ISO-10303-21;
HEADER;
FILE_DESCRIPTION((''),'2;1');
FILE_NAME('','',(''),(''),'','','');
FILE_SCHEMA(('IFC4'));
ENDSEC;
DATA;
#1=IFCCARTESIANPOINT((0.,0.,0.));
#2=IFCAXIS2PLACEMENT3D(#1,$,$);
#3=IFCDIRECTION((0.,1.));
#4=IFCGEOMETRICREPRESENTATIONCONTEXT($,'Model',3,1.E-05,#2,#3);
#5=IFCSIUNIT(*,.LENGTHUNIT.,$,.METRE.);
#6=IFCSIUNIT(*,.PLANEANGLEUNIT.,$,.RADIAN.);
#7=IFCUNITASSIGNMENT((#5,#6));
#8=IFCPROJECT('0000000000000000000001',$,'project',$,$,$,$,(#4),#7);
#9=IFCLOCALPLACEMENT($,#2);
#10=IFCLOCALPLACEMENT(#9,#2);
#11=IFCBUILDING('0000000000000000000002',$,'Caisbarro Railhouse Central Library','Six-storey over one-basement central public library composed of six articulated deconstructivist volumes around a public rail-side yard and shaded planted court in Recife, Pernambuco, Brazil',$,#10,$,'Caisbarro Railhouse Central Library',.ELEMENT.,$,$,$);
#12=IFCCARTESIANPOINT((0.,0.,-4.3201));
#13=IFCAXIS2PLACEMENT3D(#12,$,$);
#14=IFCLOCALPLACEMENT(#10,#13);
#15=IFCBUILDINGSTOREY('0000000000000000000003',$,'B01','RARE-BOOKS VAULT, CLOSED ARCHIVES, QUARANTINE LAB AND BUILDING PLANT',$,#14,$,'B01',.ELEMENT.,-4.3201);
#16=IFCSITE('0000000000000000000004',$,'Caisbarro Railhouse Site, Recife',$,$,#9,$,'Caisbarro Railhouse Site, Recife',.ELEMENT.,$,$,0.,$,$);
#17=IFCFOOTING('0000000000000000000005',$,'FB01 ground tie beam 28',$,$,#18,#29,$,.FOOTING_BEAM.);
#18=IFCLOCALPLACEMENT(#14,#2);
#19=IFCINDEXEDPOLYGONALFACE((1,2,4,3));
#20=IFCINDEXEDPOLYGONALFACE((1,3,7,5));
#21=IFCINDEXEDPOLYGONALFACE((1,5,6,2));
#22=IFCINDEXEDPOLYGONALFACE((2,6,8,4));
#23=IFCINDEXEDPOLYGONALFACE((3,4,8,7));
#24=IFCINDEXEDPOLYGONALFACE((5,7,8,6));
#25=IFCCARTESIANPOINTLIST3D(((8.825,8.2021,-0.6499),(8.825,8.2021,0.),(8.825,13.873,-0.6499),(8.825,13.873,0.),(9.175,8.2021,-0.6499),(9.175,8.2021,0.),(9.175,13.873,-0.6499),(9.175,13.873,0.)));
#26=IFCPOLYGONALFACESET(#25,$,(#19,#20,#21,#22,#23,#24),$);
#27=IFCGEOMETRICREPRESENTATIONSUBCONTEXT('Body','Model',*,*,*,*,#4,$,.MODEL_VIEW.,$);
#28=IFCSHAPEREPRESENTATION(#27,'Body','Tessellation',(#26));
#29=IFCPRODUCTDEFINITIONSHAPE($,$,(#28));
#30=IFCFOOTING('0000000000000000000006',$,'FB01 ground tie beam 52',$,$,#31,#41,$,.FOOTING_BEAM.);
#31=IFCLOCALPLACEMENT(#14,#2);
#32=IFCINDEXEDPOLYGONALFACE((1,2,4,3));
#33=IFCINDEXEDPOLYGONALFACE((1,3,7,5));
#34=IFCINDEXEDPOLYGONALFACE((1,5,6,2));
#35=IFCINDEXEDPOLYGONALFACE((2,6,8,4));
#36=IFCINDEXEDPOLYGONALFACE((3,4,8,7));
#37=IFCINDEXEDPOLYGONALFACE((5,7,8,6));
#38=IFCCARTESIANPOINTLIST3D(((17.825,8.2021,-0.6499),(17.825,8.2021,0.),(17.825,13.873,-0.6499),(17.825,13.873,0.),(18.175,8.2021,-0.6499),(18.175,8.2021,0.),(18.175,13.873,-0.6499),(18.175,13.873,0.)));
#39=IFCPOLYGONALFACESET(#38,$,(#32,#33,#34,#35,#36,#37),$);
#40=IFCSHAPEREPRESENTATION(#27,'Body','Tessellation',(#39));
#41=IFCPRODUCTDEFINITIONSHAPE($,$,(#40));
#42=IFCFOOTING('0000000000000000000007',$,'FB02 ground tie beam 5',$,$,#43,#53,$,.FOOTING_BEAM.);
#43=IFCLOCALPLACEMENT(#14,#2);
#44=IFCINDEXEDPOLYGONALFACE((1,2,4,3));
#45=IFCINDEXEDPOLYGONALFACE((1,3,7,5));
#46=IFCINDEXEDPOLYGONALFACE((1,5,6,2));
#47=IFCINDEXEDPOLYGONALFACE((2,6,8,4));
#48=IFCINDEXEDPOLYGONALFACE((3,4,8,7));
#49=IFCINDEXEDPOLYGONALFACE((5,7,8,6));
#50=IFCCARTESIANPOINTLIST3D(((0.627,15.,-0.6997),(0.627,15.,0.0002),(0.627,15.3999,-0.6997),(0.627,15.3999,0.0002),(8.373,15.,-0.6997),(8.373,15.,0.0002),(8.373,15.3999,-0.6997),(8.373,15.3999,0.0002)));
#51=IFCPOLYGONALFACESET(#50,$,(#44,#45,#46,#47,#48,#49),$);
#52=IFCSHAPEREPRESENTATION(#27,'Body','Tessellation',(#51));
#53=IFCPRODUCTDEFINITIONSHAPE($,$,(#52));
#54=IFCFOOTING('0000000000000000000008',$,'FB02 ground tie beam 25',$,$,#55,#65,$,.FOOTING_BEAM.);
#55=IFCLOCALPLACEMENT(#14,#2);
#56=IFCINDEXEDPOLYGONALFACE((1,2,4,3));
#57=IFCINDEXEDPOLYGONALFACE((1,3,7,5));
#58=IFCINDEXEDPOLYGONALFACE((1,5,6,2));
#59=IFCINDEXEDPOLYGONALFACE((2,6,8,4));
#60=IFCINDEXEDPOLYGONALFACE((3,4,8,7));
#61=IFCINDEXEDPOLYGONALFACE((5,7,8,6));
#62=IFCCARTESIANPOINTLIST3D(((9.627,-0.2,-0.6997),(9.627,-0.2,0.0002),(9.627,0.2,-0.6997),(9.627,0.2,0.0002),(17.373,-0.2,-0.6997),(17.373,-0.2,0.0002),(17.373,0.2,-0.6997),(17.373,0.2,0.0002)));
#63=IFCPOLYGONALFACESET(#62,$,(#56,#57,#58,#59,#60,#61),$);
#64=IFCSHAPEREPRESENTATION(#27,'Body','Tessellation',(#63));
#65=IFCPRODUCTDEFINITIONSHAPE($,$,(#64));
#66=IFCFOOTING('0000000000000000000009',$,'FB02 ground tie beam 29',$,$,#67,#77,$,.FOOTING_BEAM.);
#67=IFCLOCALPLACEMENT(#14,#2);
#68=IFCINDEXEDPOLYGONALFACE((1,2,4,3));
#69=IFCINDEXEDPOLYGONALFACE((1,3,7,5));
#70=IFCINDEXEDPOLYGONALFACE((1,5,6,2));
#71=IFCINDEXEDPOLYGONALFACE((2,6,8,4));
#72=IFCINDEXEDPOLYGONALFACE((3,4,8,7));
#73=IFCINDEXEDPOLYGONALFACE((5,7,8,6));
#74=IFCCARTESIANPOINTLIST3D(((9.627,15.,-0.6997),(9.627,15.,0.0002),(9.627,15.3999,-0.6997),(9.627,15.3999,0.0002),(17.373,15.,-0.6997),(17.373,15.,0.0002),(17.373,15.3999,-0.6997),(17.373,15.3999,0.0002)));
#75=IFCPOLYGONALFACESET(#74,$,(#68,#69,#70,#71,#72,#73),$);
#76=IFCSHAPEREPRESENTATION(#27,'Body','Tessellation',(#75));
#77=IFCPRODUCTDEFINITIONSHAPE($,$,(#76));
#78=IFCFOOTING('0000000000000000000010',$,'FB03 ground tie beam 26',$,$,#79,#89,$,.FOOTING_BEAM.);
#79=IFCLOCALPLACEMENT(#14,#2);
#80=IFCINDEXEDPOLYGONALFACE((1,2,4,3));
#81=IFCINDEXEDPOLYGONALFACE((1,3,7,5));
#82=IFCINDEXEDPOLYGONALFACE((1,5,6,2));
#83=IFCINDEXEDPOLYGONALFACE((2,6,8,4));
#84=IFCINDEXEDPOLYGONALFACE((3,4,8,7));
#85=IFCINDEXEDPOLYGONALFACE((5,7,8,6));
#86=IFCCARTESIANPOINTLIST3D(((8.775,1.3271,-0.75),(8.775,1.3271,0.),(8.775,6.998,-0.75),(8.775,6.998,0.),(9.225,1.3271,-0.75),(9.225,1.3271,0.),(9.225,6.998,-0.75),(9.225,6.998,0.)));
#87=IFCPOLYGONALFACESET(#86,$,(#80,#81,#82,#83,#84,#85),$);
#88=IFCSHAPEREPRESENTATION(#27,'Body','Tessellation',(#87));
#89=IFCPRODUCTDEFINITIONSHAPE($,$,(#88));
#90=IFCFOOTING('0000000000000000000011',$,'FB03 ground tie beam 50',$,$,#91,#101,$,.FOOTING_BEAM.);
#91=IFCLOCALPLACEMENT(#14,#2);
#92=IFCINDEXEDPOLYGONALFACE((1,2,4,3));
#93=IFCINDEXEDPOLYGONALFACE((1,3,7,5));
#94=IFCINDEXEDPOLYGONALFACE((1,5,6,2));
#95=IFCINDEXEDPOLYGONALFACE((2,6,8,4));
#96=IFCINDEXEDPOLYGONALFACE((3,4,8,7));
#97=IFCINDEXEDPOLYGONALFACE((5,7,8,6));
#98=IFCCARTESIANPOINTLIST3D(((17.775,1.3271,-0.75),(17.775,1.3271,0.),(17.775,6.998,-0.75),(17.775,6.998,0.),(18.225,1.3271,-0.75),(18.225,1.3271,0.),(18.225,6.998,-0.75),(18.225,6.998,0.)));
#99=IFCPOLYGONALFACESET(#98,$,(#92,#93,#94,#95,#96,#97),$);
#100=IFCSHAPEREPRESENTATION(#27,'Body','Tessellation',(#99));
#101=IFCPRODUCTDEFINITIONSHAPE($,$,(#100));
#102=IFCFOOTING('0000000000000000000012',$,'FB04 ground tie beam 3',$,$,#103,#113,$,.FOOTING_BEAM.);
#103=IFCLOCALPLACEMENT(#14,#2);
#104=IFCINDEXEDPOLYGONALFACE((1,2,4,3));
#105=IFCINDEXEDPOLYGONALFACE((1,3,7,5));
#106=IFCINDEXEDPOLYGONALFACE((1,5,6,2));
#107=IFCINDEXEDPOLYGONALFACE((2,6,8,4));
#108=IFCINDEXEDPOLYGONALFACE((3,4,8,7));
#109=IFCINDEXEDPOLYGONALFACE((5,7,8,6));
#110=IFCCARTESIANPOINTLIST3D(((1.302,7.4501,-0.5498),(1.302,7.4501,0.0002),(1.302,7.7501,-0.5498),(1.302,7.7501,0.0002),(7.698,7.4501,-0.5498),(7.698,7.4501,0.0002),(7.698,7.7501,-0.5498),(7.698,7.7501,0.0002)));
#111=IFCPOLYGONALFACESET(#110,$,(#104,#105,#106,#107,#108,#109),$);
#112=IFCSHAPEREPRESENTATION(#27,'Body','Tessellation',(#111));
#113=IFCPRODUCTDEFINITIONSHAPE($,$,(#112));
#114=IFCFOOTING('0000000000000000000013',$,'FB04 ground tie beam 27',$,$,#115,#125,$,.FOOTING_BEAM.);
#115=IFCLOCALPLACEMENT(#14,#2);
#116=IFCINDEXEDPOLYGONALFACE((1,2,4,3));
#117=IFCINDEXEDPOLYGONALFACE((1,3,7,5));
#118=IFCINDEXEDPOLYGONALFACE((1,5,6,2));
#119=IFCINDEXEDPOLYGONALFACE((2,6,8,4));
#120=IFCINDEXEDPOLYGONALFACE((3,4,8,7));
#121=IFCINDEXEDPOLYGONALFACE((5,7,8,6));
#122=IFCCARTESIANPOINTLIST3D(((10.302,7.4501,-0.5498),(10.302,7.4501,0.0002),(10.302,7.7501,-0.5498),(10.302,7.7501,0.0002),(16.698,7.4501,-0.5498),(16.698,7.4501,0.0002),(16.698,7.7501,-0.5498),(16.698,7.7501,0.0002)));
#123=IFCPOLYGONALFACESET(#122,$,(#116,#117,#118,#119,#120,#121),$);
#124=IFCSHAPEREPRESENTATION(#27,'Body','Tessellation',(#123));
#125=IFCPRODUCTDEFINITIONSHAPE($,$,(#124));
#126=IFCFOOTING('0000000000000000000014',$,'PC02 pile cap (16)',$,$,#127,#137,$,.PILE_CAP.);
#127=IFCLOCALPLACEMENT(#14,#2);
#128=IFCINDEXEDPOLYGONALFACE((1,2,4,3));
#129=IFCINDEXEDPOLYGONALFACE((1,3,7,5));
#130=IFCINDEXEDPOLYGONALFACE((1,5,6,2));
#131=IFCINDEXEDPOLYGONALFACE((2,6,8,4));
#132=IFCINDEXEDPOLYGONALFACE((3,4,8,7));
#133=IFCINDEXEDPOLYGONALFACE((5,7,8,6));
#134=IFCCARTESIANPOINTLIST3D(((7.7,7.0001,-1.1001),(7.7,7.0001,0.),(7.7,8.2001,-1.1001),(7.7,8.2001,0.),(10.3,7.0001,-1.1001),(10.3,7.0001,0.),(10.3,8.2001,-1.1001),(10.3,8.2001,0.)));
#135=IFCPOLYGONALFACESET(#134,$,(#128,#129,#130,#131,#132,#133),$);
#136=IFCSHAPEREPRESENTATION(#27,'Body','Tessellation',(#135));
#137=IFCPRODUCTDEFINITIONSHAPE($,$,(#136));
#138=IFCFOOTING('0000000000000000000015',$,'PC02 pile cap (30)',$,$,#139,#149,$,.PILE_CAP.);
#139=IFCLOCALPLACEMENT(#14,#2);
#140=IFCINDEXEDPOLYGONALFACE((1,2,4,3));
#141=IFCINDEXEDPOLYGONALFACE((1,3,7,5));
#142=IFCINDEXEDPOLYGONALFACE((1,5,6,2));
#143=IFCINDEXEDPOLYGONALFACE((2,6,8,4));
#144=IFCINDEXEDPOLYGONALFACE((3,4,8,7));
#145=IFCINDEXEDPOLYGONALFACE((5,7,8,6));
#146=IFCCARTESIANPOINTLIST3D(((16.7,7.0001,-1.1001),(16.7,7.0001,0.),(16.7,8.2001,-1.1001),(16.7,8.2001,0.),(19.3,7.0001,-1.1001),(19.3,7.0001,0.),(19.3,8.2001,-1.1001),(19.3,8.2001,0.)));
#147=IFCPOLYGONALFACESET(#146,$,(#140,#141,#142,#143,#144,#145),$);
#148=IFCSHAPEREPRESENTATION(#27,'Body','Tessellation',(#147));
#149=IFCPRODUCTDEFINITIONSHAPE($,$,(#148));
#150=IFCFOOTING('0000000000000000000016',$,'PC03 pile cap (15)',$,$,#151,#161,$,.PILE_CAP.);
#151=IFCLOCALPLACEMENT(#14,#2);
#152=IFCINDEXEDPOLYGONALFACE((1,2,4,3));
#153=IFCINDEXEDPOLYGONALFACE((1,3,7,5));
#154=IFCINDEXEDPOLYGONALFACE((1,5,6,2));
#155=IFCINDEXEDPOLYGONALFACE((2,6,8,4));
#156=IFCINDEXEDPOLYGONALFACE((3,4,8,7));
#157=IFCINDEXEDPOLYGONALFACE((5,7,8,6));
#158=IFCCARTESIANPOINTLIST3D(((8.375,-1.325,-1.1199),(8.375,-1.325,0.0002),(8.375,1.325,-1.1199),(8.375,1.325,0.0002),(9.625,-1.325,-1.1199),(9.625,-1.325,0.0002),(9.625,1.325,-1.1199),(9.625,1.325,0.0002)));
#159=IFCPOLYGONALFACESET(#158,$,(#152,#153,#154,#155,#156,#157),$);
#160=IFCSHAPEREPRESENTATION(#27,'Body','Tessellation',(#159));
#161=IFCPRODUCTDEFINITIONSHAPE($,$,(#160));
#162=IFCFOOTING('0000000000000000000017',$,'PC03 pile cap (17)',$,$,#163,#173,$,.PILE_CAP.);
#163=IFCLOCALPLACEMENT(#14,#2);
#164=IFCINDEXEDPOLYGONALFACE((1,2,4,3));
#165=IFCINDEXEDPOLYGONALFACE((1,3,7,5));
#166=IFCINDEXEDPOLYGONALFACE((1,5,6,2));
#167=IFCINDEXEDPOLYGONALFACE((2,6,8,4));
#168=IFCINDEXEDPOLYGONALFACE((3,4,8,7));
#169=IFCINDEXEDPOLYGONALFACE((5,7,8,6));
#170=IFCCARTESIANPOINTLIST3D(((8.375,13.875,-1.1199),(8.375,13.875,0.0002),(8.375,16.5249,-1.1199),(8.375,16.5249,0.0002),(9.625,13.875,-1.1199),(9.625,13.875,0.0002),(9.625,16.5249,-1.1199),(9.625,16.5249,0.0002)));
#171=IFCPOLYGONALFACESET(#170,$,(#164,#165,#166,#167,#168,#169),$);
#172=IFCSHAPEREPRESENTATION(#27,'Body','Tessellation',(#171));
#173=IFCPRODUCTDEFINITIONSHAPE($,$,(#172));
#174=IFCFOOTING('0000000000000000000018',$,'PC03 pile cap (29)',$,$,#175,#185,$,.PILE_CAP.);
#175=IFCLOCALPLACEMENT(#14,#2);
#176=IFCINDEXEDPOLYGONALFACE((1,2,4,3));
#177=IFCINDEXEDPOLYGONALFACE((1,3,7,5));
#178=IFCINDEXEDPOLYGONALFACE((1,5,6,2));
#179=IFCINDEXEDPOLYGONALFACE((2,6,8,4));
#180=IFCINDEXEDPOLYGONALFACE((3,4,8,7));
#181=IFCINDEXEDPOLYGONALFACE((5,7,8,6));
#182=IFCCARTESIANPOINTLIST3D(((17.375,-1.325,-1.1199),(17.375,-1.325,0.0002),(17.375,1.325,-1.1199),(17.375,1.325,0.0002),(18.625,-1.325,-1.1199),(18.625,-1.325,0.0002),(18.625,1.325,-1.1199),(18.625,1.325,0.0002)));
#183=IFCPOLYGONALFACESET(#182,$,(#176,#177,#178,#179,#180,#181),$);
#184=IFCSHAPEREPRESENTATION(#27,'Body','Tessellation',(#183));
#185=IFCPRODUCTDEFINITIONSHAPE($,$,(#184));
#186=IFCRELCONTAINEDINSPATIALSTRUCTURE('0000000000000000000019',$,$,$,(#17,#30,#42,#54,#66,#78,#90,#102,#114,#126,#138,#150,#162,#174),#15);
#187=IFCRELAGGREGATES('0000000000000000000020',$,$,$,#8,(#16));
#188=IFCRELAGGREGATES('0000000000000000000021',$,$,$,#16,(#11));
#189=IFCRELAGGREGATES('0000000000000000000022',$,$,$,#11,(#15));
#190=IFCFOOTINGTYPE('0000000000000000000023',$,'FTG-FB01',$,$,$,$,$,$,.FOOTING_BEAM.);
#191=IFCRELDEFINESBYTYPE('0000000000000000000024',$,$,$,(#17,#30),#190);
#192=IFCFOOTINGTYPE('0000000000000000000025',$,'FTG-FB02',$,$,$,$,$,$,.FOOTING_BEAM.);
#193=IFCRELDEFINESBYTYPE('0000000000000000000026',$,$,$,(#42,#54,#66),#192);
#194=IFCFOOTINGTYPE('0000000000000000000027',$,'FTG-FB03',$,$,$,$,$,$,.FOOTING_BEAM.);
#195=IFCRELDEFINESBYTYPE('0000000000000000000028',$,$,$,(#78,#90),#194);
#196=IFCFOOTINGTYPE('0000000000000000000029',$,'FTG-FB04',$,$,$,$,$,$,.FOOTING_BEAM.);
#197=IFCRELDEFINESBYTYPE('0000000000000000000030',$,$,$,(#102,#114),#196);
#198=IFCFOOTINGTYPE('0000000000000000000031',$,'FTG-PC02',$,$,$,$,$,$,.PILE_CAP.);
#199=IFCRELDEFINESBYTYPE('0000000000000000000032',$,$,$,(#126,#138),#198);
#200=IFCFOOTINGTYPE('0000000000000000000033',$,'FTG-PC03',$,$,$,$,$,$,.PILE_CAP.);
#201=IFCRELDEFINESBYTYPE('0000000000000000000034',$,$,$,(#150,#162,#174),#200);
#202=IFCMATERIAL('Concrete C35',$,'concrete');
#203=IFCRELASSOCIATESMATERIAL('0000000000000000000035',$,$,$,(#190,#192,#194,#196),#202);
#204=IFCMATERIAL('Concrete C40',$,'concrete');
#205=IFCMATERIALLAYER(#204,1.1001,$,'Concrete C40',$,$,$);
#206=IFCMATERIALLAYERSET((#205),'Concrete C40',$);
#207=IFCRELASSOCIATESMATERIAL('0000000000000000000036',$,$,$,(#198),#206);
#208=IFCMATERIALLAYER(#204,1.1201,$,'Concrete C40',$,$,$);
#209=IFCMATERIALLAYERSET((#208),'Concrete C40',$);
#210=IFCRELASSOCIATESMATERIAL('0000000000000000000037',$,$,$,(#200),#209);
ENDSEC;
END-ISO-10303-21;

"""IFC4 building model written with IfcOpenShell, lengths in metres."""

from ifc_helpers import new_model, si_unit, direction, frame, origin, origin_2d, place, context, subcontext, project, spatial, rectangle, extrude, material, layer, layer_set, type_object, element, save


model = new_model("IFC4")

# Units and contexts
model_context = context("Model", 3, precision=1e-05, world=origin(), true_north=direction((0.0, 1.0)))
body_context = subcontext(model_context, "Body", "Model", "MODEL_VIEW")
ifc_project = project(units=[si_unit("LENGTHUNIT", "METRE"), si_unit("PLANEANGLEUNIT", "RADIAN")], contexts=[model_context])

# Site, building, storey
site_placement = place(None, origin())
site = spatial("IfcSite", under=ifc_project, at=site_placement, Name="Caisbarro Railhouse Site, Recife", LongName="Caisbarro Railhouse Site, Recife", CompositionType="ELEMENT", RefElevation=0.0)
building_placement = place(site_placement, origin())
building = spatial("IfcBuilding", under=site, at=building_placement, Name="Caisbarro Railhouse Central Library", Description="Six-storey over one-basement central public library composed of six articulated deconstructivist volumes around a public rail-side yard and shaded planted court in Recife, Pernambuco, Brazil", LongName="Caisbarro Railhouse Central Library", CompositionType="ELEMENT")
storey_placement = place(building_placement, frame((0.0, 0.0, -4.3201)))
storey = spatial("IfcBuildingStorey", under=building, at=storey_placement, Name="B01", Description="RARE-BOOKS VAULT, CLOSED ARCHIVES, QUARANTINE LAB AND BUILDING PLANT", LongName="B01", CompositionType="ELEMENT", Elevation=-4.3201)

# Footings
ifc_material_1 = material(Name="Concrete C35", Category="concrete")
footing_type_1 = type_object("IfcFootingType", Name="FTG-FB01", PredefinedType="FOOTING_BEAM", material=ifc_material_1)
for number, where, z_axis, x_axis, name in (
    (1, (9.0, 11.0376, -0.6499), (0.0, 0.0, 1.0), (0.0, 1.0, 0.0), "FB01 ground tie beam 28"),
    (2, (18.0, 11.0376, -0.6499), (0.0, 0.0, 1.0), (0.0, 1.0, 0.0), "FB01 ground tie beam 52"),
):
    element("IfcFooting", number, at=place(storey_placement, frame(where, z_axis=z_axis, x_axis=x_axis)), inside=storey, type_object=footing_type_1, Name=name, PredefinedType="FOOTING_BEAM", context=body_context, shape_type="SweptSolid", body=[
        extrude(rectangle(XDim=5.6709, YDim=0.3501, at=origin_2d()), origin(), (0.0, 0.0, 1.0), 0.6499),
    ])
footing_type_2 = type_object("IfcFootingType", Name="FTG-FB02", PredefinedType="FOOTING_BEAM", material=ifc_material_1)
for number, where, z_axis, x_axis, name in (
    (3, (4.5, 15.2, -0.6997), (0.0, 0.0, 1.0), (1.0, 0.0, 0.0), "FB02 ground tie beam 5"),
    (4, (13.5, 0.0, -0.6997), (0.0, 0.0, 1.0), (1.0, 0.0, 0.0), "FB02 ground tie beam 25"),
    (5, (13.5, 15.2, -0.6997), (0.0, 0.0, 1.0), (1.0, 0.0, 0.0), "FB02 ground tie beam 29"),
):
    element("IfcFooting", number, at=place(storey_placement, frame(where, z_axis=z_axis, x_axis=x_axis)), inside=storey, type_object=footing_type_2, Name=name, PredefinedType="FOOTING_BEAM", context=body_context, shape_type="SweptSolid", body=[
        extrude(rectangle(XDim=7.7461, YDim=0.3999, at=origin_2d()), origin(), (0.0, 0.0, 1.0), 0.7),
    ])
footing_type_3 = type_object("IfcFootingType", Name="FTG-FB03", PredefinedType="FOOTING_BEAM", material=ifc_material_1)
for number, where, z_axis, x_axis, name in (
    (6, (9.0, 4.1626, -0.75), (0.0, 0.0, 1.0), (0.0, 1.0, 0.0), "FB03 ground tie beam 26"),
    (7, (18.0, 4.1626, -0.75), (0.0, 0.0, 1.0), (0.0, 1.0, 0.0), "FB03 ground tie beam 50"),
):
    element("IfcFooting", number, at=place(storey_placement, frame(where, z_axis=z_axis, x_axis=x_axis)), inside=storey, type_object=footing_type_3, Name=name, PredefinedType="FOOTING_BEAM", context=body_context, shape_type="SweptSolid", body=[
        extrude(rectangle(XDim=5.6709, YDim=0.45, at=origin_2d()), origin(), (0.0, 0.0, 1.0), 0.75),
    ])
footing_type_4 = type_object("IfcFootingType", Name="FTG-FB04", PredefinedType="FOOTING_BEAM", material=ifc_material_1)
for number, where, z_axis, x_axis, name in (
    (8, (4.5, 7.6001, -0.5498), (0.0, 0.0, 1.0), (1.0, 0.0, 0.0), "FB04 ground tie beam 3"),
    (9, (13.5, 7.6001, -0.5498), (0.0, 0.0, 1.0), (1.0, 0.0, 0.0), "FB04 ground tie beam 27"),
):
    element("IfcFooting", number, at=place(storey_placement, frame(where, z_axis=z_axis, x_axis=x_axis)), inside=storey, type_object=footing_type_4, Name=name, PredefinedType="FOOTING_BEAM", context=body_context, shape_type="SweptSolid", body=[
        extrude(rectangle(XDim=6.396, YDim=0.3, at=origin_2d()), origin(), (0.0, 0.0, 1.0), 0.55),
    ])
ifc_material_2 = material(Name="Concrete C40", Category="concrete")
ifc_layer_1 = layer(ifc_material_2, 1.1001, Name="Concrete C40")
ifc_layer_set_1 = layer_set([ifc_layer_1], Name="Concrete C40")
footing_type_5 = type_object("IfcFootingType", Name="FTG-PC02", PredefinedType="PILE_CAP", material=ifc_layer_set_1)
for number, where, z_axis, x_axis, name in (
    (10, (9.0, 7.6001, -1.1001), (0.0, 0.0, 1.0), (1.0, 0.0, 0.0), "PC02 pile cap (16)"),
    (11, (18.0, 7.6001, -1.1001), (0.0, 0.0, 1.0), (1.0, 0.0, 0.0), "PC02 pile cap (30)"),
):
    element("IfcFooting", number, at=place(storey_placement, frame(where, z_axis=z_axis, x_axis=x_axis)), inside=storey, type_object=footing_type_5, Name=name, PredefinedType="PILE_CAP", context=body_context, shape_type="SweptSolid", body=[
        extrude(rectangle(XDim=2.6001, YDim=1.2, at=origin_2d()), origin(), (0.0, 0.0, 1.0), 1.1001),
    ])
ifc_layer_2 = layer(ifc_material_2, 1.1201, Name="Concrete C40")
ifc_layer_set_2 = layer_set([ifc_layer_2], Name="Concrete C40")
footing_type_6 = type_object("IfcFootingType", Name="FTG-PC03", PredefinedType="PILE_CAP", material=ifc_layer_set_2)
for number, where, z_axis, x_axis, name in (
    (12, (9.0, 0.0, -1.1199), (0.0, 0.0, 1.0), (1.0, 0.0, 0.0), "PC03 pile cap (15)"),
    (13, (9.0, 15.2, -1.1199), (0.0, 0.0, 1.0), (1.0, 0.0, 0.0), "PC03 pile cap (17)"),
    (14, (18.0, 0.0, -1.1199), (0.0, 0.0, 1.0), (1.0, 0.0, 0.0), "PC03 pile cap (29)"),
):
    element("IfcFooting", number, at=place(storey_placement, frame(where, z_axis=z_axis, x_axis=x_axis)), inside=storey, type_object=footing_type_6, Name=name, PredefinedType="PILE_CAP", context=body_context, shape_type="SweptSolid", body=[
        extrude(rectangle(XDim=1.25, YDim=2.6499, at=origin_2d()), origin(), (0.0, 0.0, 1.0), 1.1201),
    ])

save(model, "model.ifc")
